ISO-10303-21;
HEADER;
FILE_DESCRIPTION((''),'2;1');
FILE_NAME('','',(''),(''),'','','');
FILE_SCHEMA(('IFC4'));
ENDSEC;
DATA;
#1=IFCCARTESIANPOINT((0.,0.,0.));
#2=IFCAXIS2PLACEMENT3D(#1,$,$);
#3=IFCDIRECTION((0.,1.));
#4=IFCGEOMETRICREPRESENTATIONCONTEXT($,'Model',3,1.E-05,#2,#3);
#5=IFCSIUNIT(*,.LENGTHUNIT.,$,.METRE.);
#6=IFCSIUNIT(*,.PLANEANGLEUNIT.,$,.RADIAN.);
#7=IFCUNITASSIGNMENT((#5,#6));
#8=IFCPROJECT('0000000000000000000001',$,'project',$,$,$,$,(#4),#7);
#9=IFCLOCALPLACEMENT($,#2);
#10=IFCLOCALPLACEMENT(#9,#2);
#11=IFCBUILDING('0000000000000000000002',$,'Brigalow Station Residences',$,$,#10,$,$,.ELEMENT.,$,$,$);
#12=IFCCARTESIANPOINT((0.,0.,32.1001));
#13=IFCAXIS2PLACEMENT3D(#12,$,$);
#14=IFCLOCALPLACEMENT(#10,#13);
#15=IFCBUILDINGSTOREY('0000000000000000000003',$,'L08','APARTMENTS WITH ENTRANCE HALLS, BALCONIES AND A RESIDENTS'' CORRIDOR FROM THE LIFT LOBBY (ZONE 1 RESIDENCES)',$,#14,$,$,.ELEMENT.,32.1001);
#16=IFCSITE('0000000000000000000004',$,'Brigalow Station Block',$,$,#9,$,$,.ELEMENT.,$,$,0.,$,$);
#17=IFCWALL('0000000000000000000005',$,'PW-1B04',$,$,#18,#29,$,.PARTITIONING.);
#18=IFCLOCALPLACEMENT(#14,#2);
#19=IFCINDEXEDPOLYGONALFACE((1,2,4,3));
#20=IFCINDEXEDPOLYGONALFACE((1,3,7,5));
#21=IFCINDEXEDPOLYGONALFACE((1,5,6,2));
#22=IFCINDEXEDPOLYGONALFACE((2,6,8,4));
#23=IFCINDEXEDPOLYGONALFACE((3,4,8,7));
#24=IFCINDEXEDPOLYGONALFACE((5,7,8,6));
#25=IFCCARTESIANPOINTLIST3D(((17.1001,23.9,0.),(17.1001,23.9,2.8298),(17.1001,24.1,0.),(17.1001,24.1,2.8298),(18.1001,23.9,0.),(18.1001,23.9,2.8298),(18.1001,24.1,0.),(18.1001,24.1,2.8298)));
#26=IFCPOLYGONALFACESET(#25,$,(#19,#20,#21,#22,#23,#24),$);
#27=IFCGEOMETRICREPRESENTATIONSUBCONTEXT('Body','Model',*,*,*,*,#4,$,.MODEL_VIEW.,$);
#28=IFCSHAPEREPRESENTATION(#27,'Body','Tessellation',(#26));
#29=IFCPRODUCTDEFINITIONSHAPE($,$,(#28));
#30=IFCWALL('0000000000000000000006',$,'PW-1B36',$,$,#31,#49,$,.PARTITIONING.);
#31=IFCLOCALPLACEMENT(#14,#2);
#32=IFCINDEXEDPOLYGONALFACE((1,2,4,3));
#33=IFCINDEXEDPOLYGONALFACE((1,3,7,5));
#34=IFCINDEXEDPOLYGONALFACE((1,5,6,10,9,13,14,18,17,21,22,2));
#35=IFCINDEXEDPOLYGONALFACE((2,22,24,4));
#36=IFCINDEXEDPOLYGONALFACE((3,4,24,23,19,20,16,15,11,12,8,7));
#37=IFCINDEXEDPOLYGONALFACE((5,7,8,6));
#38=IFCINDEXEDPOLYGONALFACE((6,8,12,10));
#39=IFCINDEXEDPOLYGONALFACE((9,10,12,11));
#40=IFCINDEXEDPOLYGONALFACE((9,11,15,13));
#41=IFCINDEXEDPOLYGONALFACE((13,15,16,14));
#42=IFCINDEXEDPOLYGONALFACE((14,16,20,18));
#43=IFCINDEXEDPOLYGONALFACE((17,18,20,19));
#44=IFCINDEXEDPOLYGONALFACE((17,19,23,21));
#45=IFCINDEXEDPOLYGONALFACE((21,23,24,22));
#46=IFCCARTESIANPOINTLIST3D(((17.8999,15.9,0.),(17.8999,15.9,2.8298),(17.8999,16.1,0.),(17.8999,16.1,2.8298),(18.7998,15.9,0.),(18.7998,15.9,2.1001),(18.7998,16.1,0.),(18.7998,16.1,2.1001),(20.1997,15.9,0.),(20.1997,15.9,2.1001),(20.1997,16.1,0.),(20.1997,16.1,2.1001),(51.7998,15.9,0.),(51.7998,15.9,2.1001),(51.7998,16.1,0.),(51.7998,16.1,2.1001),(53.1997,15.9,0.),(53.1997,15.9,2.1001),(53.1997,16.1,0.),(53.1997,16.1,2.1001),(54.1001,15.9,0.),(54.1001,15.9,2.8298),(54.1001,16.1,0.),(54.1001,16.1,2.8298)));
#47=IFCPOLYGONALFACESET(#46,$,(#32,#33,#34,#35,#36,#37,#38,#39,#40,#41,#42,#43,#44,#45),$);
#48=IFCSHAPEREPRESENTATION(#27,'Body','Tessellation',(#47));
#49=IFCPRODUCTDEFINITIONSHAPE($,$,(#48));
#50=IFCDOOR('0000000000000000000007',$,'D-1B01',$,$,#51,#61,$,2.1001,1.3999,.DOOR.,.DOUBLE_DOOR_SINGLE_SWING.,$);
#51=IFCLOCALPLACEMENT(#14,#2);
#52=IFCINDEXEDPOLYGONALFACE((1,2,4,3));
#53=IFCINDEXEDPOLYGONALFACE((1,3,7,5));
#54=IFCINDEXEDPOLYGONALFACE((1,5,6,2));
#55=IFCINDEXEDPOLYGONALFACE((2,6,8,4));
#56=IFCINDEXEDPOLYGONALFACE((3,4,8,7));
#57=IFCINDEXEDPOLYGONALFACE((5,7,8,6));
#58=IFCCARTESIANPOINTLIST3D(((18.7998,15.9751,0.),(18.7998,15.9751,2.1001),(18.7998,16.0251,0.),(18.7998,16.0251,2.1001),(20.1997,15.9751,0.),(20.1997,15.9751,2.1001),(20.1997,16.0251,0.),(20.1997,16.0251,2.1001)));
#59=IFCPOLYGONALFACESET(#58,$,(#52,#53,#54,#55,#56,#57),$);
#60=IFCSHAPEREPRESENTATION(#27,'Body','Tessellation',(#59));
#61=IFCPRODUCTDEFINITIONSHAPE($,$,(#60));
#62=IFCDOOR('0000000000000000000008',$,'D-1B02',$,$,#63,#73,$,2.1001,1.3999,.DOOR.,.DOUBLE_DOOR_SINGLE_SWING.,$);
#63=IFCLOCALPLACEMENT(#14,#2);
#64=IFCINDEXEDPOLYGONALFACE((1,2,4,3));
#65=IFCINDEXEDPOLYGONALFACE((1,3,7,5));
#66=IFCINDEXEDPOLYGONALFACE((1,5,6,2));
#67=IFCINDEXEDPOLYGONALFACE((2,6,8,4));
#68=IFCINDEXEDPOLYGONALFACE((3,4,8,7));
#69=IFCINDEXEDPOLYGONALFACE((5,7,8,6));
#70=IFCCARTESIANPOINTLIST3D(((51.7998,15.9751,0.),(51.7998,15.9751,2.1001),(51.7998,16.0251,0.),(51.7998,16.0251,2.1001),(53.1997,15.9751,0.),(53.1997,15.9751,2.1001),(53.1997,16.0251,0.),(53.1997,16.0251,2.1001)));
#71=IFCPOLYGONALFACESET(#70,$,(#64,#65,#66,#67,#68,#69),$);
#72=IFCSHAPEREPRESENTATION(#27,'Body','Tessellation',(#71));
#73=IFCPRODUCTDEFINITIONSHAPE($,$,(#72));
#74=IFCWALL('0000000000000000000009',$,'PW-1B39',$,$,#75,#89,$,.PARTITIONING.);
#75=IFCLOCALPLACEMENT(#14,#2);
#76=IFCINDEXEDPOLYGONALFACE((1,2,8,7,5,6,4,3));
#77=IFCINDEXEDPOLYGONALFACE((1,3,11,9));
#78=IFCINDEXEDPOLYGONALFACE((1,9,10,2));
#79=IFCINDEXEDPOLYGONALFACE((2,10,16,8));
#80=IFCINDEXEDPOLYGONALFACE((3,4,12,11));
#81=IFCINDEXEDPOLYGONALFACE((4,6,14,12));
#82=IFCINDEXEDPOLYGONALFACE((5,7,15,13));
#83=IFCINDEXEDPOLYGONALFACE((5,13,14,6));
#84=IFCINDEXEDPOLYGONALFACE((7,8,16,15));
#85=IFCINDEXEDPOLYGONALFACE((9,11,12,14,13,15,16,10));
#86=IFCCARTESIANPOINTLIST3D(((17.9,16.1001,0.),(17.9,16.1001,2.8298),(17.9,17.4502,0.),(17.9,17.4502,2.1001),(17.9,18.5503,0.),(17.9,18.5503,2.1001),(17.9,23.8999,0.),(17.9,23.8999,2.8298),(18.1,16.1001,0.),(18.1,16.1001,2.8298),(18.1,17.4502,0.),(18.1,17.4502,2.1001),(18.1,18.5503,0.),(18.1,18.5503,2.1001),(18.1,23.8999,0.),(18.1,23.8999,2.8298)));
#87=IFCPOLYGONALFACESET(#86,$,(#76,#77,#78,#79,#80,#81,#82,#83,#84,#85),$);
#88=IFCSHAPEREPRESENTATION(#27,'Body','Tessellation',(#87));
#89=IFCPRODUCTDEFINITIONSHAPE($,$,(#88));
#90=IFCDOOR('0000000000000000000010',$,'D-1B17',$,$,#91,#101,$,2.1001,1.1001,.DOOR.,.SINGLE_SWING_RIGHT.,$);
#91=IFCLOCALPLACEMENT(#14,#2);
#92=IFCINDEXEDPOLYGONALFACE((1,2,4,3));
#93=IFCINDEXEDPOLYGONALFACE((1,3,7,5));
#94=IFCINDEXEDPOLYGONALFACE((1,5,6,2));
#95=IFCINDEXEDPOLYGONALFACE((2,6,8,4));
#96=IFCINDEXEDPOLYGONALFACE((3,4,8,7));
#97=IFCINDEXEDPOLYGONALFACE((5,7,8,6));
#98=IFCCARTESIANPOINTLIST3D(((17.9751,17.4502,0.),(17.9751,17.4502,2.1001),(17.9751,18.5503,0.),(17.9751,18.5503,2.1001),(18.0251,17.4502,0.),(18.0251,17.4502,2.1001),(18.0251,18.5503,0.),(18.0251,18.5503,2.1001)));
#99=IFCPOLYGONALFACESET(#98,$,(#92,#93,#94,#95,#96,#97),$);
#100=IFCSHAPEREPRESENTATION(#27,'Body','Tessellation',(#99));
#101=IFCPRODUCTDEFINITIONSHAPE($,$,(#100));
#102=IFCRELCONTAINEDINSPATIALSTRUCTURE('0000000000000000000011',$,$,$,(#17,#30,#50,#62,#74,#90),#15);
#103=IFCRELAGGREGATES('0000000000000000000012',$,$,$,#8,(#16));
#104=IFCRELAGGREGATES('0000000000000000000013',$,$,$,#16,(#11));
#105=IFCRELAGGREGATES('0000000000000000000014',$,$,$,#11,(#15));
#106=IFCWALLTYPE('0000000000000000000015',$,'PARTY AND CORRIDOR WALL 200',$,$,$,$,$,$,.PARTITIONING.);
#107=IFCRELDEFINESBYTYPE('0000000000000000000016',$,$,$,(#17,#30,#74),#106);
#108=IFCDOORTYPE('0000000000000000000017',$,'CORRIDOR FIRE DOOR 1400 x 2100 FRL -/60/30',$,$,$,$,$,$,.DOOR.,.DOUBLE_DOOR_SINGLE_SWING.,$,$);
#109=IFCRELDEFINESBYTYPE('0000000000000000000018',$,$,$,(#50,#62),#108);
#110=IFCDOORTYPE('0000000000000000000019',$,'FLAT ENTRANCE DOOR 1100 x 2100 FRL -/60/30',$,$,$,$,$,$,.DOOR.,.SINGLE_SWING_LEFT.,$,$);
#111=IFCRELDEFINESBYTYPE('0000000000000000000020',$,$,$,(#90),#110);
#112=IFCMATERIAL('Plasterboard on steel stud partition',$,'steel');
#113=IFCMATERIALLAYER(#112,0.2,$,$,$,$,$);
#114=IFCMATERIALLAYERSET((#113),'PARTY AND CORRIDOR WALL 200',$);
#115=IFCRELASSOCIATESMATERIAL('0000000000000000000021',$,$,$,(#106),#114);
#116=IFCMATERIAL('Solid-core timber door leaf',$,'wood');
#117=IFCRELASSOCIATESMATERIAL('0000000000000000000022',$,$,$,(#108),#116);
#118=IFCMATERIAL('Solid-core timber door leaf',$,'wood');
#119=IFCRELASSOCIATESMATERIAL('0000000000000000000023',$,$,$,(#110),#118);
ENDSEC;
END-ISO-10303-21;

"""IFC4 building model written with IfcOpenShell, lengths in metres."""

from ifc_helpers import new_model, si_unit, direction, frame, frame_2d, origin, place, context, subcontext, project, spatial, rectangle, extrude, material, layer, layer_set, type_object, element, fill, save


model = new_model("IFC4")

# Units and contexts
model_context = context("Model", 3, precision=1e-05, world=origin(), true_north=direction((0.0, 1.0)))
body_context = subcontext(model_context, "Body", "Model", "MODEL_VIEW")
ifc_project = project(units=[si_unit("LENGTHUNIT", "METRE"), si_unit("PLANEANGLEUNIT", "RADIAN")], contexts=[model_context])

# Site, building, storey
site_placement = place(None, origin())
site = spatial("IfcSite", under=ifc_project, at=site_placement, Name="Brigalow Station Block", CompositionType="ELEMENT", RefElevation=0.0)
building_placement = place(site_placement, origin())
building = spatial("IfcBuilding", under=site, at=building_placement, Name="Brigalow Station Residences", CompositionType="ELEMENT")
storey_placement = place(building_placement, frame((0.0, 0.0, 32.1001)))
storey = spatial("IfcBuildingStorey", under=building, at=storey_placement, Name="L08", Description="APARTMENTS WITH ENTRANCE HALLS, BALCONIES AND A RESIDENTS' CORRIDOR FROM THE LIFT LOBBY (ZONE 1 RESIDENCES)", CompositionType="ELEMENT", Elevation=32.1001)

# Wall
ifc_material_1 = material(Name="Plasterboard on steel stud partition", Category="steel")
ifc_layer_1 = layer(ifc_material_1, 0.2)
ifc_layer_set_1 = layer_set([ifc_layer_1], Name="PARTY AND CORRIDOR WALL 200")
wall_type_1 = type_object("IfcWallType", Name="PARTY AND CORRIDOR WALL 200", PredefinedType="PARTITIONING", material=ifc_layer_set_1)
wall_1_placement = place(storey_placement, frame((17.1001, 24.0, 0.0), z_axis=(0.0, 0.0, 1.0), x_axis=(1.0, 0.0, 0.0)))
element("IfcWall", 1, at=wall_1_placement, inside=storey, type_object=wall_type_1, Name="PW-1B04", PredefinedType="PARTITIONING", context=body_context, shape_type="SweptSolid", body=[
    extrude(rectangle(XDim=1.0, YDim=0.2, at=frame_2d((0.5, 0.0))), origin(), (0.0, 0.0, 1.0), 2.8298),
])

# Wall, openings, doors
wall_2_placement = place(storey_placement, frame((17.8999, 16.0, 0.0), z_axis=(0.0, 0.0, 1.0), x_axis=(1.0, 0.0, 0.0)))
wall_2 = element("IfcWall", 2, at=wall_2_placement, inside=storey, type_object=wall_type_1, Name="PW-1B36", PredefinedType="PARTITIONING", context=body_context, shape_type="SweptSolid", body=[
    extrude(rectangle(XDim=36.2002, YDim=0.2, at=frame_2d((18.1001, 0.0))), origin(), (0.0, 0.0, 1.0), 2.8298),
])
opening_1_placement = place(wall_2_placement, frame((0.8999, 0.0, 0.0)))
opening_1 = element("IfcOpeningElement", 3, at=opening_1_placement, cuts=wall_2, PredefinedType="OPENING", context=body_context, shape_type="SweptSolid", body=[
    extrude(rectangle(XDim=1.3999, YDim=2.1001, at=frame_2d((0.7, 1.05))), frame((0.0, 0.1099, 0.0), z_axis=(0.0, -1.0, 0.0), x_axis=(1.0, 0.0, 0.0)), (0.0, 0.0, 1.0), 0.22),
])
opening_2_placement = place(wall_2_placement, frame((33.8999, 0.0, 0.0)))
opening_2 = element("IfcOpeningElement", 4, at=opening_2_placement, cuts=wall_2, PredefinedType="OPENING", context=body_context, shape_type="SweptSolid", body=[
    extrude(rectangle(XDim=1.3999, YDim=2.1001, at=frame_2d((0.7, 1.05))), frame((0.0, 0.1099, 0.0), z_axis=(0.0, -1.0, 0.0), x_axis=(1.0, 0.0, 0.0)), (0.0, 0.0, 1.0), 0.22),
])
ifc_material_2 = material(Name="Solid-core timber door leaf", Category="wood")
door_type_1 = type_object("IfcDoorType", Name="CORRIDOR FIRE DOOR 1400 x 2100 FRL -/60/30", OperationType="DOUBLE_DOOR_SINGLE_SWING", PredefinedType="DOOR", material=ifc_material_2)
door_1_placement = place(opening_1_placement, frame((1.3999, 0.0, 0.0), z_axis=(0.0, 0.0, 1.0), x_axis=(-1.0, 0.0, 0.0)))
door_1 = element("IfcDoor", 5, at=door_1_placement, inside=storey, type_object=door_type_1, Name="D-1B01", OperationType="DOUBLE_DOOR_SINGLE_SWING", OverallHeight=2.1001, OverallWidth=1.3999, PredefinedType="DOOR", context=body_context, shape_type="SweptSolid", body=[
    extrude(rectangle(XDim=1.3999, YDim=2.1001, at=frame_2d((0.7, 1.05))), frame((0.0, 0.0249, 0.0), z_axis=(0.0, -1.0, 0.0), x_axis=(1.0, 0.0, 0.0)), (0.0, 0.0, 1.0), 0.05),
])
fill(opening_1, door_1)
door_2_placement = place(opening_2_placement, frame((1.3999, 0.0, 0.0), z_axis=(0.0, 0.0, 1.0), x_axis=(-1.0, 0.0, 0.0)))
door_2 = element("IfcDoor", 6, at=door_2_placement, inside=storey, type_object=door_type_1, Name="D-1B02", OperationType="DOUBLE_DOOR_SINGLE_SWING", OverallHeight=2.1001, OverallWidth=1.3999, PredefinedType="DOOR", context=body_context, shape_type="SweptSolid", body=[
    extrude(rectangle(XDim=1.3999, YDim=2.1001, at=frame_2d((0.7, 1.05))), frame((0.0, 0.0249, 0.0), z_axis=(0.0, -1.0, 0.0), x_axis=(1.0, 0.0, 0.0)), (0.0, 0.0, 1.0), 0.05),
])
fill(opening_2, door_2)

# Wall, opening, door
wall_3_placement = place(storey_placement, frame((18.0, 16.1001, 0.0), z_axis=(0.0, 0.0, 1.0), x_axis=(0.0, 1.0, 0.0)))
wall_3 = element("IfcWall", 7, at=wall_3_placement, inside=storey, type_object=wall_type_1, Name="PW-1B39", PredefinedType="PARTITIONING", context=body_context, shape_type="SweptSolid", body=[
    extrude(rectangle(XDim=7.7998, YDim=0.2, at=frame_2d((3.8999, 0.0))), origin(), (0.0, 0.0, 1.0), 2.8298),
])
opening_3_placement = place(wall_3_placement, frame((1.3501, 0.0, 0.0)))
opening_3 = element("IfcOpeningElement", 8, at=opening_3_placement, cuts=wall_3, PredefinedType="OPENING", context=body_context, shape_type="SweptSolid", body=[
    extrude(rectangle(XDim=1.1001, YDim=2.1001, at=frame_2d((0.55, 1.05))), frame((0.0, 0.1099, 0.0), z_axis=(0.0, -1.0, 0.0), x_axis=(1.0, 0.0, 0.0)), (0.0, 0.0, 1.0), 0.22),
])
ifc_material_3 = material(Name="Solid-core timber door leaf", Category="wood")
door_type_2 = type_object("IfcDoorType", Name="FLAT ENTRANCE DOOR 1100 x 2100 FRL -/60/30", OperationType="SINGLE_SWING_LEFT", PredefinedType="DOOR", material=ifc_material_3)
door_3_placement = place(opening_3_placement, origin())
door_3 = element("IfcDoor", 9, at=door_3_placement, inside=storey, type_object=door_type_2, Name="D-1B17", OperationType="SINGLE_SWING_RIGHT", OverallHeight=2.1001, OverallWidth=1.1001, PredefinedType="DOOR", context=body_context, shape_type="SweptSolid", body=[
    extrude(rectangle(XDim=1.1001, YDim=2.1001, at=frame_2d((0.55, 1.05))), frame((0.0, 0.0249, 0.0), z_axis=(0.0, -1.0, 0.0), x_axis=(1.0, 0.0, 0.0)), (0.0, 0.0, 1.0), 0.05),
])
fill(opening_3, door_3)

save(model, "model.ifc")
